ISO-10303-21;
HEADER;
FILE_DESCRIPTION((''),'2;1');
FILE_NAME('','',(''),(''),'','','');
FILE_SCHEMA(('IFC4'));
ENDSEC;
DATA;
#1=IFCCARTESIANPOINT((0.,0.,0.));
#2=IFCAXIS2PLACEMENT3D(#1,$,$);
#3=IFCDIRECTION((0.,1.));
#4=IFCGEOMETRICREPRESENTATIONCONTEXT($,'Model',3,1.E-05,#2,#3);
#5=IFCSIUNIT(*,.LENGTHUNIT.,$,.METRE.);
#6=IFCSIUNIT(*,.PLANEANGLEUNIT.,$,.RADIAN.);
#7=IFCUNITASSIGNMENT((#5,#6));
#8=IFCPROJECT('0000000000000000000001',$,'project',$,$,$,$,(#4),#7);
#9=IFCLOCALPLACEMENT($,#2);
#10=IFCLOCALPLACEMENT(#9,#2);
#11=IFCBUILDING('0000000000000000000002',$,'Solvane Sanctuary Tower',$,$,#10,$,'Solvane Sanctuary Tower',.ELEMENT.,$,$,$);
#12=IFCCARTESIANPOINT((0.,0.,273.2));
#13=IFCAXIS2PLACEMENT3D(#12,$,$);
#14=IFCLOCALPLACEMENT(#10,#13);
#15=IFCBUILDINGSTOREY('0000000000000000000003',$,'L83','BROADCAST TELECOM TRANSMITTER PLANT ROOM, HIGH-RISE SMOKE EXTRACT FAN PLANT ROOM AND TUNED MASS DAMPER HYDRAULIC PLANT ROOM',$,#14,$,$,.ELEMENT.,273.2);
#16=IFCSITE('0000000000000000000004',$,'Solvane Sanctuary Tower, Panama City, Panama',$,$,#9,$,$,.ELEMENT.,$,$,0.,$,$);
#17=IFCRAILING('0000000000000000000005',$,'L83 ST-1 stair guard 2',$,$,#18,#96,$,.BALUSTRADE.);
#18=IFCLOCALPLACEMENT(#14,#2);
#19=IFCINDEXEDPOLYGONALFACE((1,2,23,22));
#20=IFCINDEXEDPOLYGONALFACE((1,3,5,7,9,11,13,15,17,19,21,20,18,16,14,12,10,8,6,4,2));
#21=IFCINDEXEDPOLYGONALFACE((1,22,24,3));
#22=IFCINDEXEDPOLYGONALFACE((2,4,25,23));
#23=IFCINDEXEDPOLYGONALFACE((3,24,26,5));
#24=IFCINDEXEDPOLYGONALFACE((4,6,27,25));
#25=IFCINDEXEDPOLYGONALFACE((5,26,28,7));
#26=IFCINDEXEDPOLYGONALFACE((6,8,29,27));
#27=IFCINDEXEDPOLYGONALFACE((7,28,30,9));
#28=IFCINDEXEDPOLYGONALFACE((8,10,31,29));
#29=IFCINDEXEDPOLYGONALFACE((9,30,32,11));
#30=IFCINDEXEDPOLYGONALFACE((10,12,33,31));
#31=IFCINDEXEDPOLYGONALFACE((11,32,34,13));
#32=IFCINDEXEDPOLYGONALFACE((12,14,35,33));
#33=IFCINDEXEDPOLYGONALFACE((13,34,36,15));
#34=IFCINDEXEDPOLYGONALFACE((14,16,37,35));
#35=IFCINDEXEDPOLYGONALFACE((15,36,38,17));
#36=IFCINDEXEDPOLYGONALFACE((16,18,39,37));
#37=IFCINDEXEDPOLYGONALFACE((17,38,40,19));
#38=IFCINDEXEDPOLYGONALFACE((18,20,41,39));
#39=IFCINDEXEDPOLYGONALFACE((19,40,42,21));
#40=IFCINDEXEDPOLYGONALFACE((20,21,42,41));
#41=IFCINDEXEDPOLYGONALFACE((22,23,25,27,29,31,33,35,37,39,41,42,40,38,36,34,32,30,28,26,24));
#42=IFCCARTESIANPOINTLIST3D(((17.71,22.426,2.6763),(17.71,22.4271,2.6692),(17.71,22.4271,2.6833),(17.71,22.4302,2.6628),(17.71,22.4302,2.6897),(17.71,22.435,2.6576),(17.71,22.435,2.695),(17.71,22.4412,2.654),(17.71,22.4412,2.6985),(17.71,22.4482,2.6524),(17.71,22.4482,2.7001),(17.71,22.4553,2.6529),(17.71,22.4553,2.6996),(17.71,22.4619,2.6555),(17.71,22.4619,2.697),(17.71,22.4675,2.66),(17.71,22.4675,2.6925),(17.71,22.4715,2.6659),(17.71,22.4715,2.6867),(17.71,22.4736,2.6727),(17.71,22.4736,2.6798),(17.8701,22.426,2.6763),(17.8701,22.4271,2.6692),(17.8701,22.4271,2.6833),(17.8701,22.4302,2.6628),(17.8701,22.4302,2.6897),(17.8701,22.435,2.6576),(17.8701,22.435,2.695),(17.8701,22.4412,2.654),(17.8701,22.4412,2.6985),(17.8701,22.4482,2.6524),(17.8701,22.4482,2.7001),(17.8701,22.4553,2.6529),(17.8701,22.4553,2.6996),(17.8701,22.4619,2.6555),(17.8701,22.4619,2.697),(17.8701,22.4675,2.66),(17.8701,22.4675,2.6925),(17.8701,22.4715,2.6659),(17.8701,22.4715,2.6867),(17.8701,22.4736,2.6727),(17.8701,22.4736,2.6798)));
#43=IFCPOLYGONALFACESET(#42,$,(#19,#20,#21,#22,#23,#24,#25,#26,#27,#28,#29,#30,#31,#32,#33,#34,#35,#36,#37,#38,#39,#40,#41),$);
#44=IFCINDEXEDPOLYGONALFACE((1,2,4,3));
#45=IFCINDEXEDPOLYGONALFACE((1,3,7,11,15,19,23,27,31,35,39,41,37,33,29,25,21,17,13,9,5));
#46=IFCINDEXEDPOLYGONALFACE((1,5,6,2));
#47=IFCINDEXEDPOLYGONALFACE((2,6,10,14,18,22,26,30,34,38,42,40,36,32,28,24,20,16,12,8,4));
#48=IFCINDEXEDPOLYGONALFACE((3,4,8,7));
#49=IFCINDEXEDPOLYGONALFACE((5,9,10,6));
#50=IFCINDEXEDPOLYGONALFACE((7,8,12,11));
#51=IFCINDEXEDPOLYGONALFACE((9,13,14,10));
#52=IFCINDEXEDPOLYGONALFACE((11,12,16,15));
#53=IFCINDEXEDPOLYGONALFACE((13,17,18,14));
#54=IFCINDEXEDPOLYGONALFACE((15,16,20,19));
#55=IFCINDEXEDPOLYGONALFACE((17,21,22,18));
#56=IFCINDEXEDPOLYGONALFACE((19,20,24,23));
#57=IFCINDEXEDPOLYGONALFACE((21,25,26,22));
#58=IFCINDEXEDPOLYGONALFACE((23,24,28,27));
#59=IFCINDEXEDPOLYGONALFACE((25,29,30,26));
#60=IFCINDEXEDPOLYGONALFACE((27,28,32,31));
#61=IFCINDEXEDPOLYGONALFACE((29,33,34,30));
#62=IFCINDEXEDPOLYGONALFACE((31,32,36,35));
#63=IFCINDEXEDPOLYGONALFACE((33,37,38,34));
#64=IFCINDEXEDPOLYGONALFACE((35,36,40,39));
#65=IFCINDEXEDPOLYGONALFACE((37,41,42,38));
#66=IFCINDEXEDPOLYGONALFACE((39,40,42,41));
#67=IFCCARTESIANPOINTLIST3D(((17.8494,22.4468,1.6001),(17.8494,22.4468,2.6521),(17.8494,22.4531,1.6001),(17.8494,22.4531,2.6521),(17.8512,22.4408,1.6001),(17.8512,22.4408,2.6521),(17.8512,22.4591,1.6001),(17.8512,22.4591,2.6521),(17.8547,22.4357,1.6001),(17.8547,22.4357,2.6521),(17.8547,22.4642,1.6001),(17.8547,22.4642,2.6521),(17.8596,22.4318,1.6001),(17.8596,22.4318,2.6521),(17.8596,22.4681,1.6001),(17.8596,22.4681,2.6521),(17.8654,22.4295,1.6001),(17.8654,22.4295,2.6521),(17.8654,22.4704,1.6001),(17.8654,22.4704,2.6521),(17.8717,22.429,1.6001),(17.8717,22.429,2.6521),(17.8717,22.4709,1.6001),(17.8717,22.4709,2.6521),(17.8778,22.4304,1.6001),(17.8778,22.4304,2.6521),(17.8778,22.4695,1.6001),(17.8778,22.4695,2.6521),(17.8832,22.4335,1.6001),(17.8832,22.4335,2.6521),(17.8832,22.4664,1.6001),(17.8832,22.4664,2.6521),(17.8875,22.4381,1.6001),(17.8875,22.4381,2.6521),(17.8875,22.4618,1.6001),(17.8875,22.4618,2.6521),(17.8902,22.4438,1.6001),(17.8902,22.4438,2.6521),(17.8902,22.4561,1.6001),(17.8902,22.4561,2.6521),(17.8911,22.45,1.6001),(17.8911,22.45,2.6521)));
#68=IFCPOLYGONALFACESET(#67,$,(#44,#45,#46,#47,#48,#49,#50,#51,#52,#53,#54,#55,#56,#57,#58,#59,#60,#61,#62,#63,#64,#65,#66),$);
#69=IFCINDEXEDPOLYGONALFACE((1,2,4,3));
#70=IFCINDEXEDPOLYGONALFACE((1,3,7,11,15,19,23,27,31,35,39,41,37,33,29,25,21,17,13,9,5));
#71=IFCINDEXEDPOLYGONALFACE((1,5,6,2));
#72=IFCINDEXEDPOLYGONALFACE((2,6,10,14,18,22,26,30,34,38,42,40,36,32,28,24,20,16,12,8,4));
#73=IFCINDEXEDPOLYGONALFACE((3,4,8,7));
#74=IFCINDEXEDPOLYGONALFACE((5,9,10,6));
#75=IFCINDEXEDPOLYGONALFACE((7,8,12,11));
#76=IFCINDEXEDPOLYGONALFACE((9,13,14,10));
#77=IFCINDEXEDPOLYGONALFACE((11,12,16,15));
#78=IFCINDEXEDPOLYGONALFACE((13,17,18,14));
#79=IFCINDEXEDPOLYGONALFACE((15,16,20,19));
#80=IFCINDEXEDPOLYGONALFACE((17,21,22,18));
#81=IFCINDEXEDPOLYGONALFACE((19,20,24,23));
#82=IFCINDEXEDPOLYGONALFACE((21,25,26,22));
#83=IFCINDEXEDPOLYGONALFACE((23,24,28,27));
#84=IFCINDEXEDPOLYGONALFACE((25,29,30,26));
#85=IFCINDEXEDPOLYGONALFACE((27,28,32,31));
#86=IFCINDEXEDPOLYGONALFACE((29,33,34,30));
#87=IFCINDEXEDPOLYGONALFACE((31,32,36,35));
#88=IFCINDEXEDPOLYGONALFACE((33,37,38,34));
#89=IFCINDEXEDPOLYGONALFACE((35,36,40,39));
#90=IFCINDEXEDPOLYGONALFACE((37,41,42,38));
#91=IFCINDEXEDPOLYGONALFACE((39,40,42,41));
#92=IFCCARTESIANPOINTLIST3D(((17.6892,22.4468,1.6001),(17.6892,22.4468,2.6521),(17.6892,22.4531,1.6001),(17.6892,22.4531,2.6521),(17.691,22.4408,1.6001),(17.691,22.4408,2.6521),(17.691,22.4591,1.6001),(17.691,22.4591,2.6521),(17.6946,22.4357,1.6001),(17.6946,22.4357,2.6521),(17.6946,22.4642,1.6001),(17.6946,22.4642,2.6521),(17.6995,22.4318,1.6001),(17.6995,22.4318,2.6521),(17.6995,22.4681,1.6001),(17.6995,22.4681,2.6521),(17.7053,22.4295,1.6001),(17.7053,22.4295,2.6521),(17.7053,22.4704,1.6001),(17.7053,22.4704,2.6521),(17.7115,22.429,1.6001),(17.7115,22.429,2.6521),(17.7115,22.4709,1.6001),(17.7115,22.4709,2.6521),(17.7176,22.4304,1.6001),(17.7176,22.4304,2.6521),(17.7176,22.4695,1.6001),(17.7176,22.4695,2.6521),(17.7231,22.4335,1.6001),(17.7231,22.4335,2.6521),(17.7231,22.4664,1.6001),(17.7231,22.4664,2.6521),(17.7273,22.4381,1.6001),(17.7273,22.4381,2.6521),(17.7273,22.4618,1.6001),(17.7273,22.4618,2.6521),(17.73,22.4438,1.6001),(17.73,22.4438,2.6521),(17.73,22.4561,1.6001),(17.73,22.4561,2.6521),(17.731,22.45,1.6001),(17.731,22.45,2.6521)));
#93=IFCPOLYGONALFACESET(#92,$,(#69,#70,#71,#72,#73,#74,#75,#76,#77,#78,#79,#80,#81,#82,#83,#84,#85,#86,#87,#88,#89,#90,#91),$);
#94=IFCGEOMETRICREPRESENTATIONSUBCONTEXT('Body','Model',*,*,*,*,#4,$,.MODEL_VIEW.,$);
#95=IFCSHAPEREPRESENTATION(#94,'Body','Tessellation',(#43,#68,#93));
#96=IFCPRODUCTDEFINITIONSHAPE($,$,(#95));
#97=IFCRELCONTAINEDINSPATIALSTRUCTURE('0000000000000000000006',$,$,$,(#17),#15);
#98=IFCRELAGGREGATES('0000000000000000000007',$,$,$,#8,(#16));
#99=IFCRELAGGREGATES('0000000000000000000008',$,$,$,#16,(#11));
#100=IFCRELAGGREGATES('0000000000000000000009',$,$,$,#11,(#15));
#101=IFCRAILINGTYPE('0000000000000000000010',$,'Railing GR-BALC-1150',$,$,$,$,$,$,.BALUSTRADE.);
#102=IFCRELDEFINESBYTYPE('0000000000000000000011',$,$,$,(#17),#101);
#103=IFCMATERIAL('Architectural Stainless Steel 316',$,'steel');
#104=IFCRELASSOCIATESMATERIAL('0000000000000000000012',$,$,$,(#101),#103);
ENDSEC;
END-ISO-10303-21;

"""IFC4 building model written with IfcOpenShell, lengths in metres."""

from ifc_helpers import new_model, si_unit, direction, frame, origin, origin_2d, place, context, subcontext, project, spatial, circle, extrude, material, type_object, element, save


model = new_model("IFC4")

# Units and contexts
model_context = context("Model", 3, precision=1e-05, world=origin(), true_north=direction((0.0, 1.0)))
body_context = subcontext(model_context, "Body", "Model", "MODEL_VIEW")
ifc_project = project(units=[si_unit("LENGTHUNIT", "METRE"), si_unit("PLANEANGLEUNIT", "RADIAN")], contexts=[model_context])

# Site, building, storey
site_placement = place(None, origin())
site = spatial("IfcSite", under=ifc_project, at=site_placement, Name="Solvane Sanctuary Tower, Panama City, Panama", CompositionType="ELEMENT", RefElevation=0.0)
building_placement = place(site_placement, origin())
building = spatial("IfcBuilding", under=site, at=building_placement, Name="Solvane Sanctuary Tower", LongName="Solvane Sanctuary Tower", CompositionType="ELEMENT")
storey_placement = place(building_placement, frame((0.0, 0.0, 273.2)))
storey = spatial("IfcBuildingStorey", under=building, at=storey_placement, Name="L83", Description="BROADCAST TELECOM TRANSMITTER PLANT ROOM, HIGH-RISE SMOKE EXTRACT FAN PLANT ROOM AND TUNED MASS DAMPER HYDRAULIC PLANT ROOM", CompositionType="ELEMENT", Elevation=273.2)

# Shared definitions
ifc_material_1 = material(Name="Architectural Stainless Steel 316", Category="steel")

# Railing
railing_type_1 = type_object("IfcRailingType", Name="Railing GR-BALC-1150", PredefinedType="BALUSTRADE", material=ifc_material_1)
railing_1_placement = place(storey_placement, frame((17.8701, 22.45, 1.6001)))
element("IfcRailing", 1, at=railing_1_placement, inside=storey, type_object=railing_type_1, Name="L83 ST-1 stair guard 2", PredefinedType="BALUSTRADE", context=body_context, shape_type="SweptSolid", body=[
    extrude(circle(Radius=0.0239, at=origin_2d()), frame((0.0, 0.0, 1.0762), z_axis=(-1.0, 0.0, 0.0), x_axis=(0.0, -1.0, 0.0)), (0.0, 0.0, 1.0), 0.1602),
    extrude(circle(Radius=0.021, at=origin_2d()), origin(), (0.0, 0.0, 1.0), 1.052),
    extrude(circle(Radius=0.021, at=origin_2d()), frame((-0.1602, 0.0, 0.0)), (0.0, 0.0, 1.0), 1.052),
])

save(model, "model.ifc")
